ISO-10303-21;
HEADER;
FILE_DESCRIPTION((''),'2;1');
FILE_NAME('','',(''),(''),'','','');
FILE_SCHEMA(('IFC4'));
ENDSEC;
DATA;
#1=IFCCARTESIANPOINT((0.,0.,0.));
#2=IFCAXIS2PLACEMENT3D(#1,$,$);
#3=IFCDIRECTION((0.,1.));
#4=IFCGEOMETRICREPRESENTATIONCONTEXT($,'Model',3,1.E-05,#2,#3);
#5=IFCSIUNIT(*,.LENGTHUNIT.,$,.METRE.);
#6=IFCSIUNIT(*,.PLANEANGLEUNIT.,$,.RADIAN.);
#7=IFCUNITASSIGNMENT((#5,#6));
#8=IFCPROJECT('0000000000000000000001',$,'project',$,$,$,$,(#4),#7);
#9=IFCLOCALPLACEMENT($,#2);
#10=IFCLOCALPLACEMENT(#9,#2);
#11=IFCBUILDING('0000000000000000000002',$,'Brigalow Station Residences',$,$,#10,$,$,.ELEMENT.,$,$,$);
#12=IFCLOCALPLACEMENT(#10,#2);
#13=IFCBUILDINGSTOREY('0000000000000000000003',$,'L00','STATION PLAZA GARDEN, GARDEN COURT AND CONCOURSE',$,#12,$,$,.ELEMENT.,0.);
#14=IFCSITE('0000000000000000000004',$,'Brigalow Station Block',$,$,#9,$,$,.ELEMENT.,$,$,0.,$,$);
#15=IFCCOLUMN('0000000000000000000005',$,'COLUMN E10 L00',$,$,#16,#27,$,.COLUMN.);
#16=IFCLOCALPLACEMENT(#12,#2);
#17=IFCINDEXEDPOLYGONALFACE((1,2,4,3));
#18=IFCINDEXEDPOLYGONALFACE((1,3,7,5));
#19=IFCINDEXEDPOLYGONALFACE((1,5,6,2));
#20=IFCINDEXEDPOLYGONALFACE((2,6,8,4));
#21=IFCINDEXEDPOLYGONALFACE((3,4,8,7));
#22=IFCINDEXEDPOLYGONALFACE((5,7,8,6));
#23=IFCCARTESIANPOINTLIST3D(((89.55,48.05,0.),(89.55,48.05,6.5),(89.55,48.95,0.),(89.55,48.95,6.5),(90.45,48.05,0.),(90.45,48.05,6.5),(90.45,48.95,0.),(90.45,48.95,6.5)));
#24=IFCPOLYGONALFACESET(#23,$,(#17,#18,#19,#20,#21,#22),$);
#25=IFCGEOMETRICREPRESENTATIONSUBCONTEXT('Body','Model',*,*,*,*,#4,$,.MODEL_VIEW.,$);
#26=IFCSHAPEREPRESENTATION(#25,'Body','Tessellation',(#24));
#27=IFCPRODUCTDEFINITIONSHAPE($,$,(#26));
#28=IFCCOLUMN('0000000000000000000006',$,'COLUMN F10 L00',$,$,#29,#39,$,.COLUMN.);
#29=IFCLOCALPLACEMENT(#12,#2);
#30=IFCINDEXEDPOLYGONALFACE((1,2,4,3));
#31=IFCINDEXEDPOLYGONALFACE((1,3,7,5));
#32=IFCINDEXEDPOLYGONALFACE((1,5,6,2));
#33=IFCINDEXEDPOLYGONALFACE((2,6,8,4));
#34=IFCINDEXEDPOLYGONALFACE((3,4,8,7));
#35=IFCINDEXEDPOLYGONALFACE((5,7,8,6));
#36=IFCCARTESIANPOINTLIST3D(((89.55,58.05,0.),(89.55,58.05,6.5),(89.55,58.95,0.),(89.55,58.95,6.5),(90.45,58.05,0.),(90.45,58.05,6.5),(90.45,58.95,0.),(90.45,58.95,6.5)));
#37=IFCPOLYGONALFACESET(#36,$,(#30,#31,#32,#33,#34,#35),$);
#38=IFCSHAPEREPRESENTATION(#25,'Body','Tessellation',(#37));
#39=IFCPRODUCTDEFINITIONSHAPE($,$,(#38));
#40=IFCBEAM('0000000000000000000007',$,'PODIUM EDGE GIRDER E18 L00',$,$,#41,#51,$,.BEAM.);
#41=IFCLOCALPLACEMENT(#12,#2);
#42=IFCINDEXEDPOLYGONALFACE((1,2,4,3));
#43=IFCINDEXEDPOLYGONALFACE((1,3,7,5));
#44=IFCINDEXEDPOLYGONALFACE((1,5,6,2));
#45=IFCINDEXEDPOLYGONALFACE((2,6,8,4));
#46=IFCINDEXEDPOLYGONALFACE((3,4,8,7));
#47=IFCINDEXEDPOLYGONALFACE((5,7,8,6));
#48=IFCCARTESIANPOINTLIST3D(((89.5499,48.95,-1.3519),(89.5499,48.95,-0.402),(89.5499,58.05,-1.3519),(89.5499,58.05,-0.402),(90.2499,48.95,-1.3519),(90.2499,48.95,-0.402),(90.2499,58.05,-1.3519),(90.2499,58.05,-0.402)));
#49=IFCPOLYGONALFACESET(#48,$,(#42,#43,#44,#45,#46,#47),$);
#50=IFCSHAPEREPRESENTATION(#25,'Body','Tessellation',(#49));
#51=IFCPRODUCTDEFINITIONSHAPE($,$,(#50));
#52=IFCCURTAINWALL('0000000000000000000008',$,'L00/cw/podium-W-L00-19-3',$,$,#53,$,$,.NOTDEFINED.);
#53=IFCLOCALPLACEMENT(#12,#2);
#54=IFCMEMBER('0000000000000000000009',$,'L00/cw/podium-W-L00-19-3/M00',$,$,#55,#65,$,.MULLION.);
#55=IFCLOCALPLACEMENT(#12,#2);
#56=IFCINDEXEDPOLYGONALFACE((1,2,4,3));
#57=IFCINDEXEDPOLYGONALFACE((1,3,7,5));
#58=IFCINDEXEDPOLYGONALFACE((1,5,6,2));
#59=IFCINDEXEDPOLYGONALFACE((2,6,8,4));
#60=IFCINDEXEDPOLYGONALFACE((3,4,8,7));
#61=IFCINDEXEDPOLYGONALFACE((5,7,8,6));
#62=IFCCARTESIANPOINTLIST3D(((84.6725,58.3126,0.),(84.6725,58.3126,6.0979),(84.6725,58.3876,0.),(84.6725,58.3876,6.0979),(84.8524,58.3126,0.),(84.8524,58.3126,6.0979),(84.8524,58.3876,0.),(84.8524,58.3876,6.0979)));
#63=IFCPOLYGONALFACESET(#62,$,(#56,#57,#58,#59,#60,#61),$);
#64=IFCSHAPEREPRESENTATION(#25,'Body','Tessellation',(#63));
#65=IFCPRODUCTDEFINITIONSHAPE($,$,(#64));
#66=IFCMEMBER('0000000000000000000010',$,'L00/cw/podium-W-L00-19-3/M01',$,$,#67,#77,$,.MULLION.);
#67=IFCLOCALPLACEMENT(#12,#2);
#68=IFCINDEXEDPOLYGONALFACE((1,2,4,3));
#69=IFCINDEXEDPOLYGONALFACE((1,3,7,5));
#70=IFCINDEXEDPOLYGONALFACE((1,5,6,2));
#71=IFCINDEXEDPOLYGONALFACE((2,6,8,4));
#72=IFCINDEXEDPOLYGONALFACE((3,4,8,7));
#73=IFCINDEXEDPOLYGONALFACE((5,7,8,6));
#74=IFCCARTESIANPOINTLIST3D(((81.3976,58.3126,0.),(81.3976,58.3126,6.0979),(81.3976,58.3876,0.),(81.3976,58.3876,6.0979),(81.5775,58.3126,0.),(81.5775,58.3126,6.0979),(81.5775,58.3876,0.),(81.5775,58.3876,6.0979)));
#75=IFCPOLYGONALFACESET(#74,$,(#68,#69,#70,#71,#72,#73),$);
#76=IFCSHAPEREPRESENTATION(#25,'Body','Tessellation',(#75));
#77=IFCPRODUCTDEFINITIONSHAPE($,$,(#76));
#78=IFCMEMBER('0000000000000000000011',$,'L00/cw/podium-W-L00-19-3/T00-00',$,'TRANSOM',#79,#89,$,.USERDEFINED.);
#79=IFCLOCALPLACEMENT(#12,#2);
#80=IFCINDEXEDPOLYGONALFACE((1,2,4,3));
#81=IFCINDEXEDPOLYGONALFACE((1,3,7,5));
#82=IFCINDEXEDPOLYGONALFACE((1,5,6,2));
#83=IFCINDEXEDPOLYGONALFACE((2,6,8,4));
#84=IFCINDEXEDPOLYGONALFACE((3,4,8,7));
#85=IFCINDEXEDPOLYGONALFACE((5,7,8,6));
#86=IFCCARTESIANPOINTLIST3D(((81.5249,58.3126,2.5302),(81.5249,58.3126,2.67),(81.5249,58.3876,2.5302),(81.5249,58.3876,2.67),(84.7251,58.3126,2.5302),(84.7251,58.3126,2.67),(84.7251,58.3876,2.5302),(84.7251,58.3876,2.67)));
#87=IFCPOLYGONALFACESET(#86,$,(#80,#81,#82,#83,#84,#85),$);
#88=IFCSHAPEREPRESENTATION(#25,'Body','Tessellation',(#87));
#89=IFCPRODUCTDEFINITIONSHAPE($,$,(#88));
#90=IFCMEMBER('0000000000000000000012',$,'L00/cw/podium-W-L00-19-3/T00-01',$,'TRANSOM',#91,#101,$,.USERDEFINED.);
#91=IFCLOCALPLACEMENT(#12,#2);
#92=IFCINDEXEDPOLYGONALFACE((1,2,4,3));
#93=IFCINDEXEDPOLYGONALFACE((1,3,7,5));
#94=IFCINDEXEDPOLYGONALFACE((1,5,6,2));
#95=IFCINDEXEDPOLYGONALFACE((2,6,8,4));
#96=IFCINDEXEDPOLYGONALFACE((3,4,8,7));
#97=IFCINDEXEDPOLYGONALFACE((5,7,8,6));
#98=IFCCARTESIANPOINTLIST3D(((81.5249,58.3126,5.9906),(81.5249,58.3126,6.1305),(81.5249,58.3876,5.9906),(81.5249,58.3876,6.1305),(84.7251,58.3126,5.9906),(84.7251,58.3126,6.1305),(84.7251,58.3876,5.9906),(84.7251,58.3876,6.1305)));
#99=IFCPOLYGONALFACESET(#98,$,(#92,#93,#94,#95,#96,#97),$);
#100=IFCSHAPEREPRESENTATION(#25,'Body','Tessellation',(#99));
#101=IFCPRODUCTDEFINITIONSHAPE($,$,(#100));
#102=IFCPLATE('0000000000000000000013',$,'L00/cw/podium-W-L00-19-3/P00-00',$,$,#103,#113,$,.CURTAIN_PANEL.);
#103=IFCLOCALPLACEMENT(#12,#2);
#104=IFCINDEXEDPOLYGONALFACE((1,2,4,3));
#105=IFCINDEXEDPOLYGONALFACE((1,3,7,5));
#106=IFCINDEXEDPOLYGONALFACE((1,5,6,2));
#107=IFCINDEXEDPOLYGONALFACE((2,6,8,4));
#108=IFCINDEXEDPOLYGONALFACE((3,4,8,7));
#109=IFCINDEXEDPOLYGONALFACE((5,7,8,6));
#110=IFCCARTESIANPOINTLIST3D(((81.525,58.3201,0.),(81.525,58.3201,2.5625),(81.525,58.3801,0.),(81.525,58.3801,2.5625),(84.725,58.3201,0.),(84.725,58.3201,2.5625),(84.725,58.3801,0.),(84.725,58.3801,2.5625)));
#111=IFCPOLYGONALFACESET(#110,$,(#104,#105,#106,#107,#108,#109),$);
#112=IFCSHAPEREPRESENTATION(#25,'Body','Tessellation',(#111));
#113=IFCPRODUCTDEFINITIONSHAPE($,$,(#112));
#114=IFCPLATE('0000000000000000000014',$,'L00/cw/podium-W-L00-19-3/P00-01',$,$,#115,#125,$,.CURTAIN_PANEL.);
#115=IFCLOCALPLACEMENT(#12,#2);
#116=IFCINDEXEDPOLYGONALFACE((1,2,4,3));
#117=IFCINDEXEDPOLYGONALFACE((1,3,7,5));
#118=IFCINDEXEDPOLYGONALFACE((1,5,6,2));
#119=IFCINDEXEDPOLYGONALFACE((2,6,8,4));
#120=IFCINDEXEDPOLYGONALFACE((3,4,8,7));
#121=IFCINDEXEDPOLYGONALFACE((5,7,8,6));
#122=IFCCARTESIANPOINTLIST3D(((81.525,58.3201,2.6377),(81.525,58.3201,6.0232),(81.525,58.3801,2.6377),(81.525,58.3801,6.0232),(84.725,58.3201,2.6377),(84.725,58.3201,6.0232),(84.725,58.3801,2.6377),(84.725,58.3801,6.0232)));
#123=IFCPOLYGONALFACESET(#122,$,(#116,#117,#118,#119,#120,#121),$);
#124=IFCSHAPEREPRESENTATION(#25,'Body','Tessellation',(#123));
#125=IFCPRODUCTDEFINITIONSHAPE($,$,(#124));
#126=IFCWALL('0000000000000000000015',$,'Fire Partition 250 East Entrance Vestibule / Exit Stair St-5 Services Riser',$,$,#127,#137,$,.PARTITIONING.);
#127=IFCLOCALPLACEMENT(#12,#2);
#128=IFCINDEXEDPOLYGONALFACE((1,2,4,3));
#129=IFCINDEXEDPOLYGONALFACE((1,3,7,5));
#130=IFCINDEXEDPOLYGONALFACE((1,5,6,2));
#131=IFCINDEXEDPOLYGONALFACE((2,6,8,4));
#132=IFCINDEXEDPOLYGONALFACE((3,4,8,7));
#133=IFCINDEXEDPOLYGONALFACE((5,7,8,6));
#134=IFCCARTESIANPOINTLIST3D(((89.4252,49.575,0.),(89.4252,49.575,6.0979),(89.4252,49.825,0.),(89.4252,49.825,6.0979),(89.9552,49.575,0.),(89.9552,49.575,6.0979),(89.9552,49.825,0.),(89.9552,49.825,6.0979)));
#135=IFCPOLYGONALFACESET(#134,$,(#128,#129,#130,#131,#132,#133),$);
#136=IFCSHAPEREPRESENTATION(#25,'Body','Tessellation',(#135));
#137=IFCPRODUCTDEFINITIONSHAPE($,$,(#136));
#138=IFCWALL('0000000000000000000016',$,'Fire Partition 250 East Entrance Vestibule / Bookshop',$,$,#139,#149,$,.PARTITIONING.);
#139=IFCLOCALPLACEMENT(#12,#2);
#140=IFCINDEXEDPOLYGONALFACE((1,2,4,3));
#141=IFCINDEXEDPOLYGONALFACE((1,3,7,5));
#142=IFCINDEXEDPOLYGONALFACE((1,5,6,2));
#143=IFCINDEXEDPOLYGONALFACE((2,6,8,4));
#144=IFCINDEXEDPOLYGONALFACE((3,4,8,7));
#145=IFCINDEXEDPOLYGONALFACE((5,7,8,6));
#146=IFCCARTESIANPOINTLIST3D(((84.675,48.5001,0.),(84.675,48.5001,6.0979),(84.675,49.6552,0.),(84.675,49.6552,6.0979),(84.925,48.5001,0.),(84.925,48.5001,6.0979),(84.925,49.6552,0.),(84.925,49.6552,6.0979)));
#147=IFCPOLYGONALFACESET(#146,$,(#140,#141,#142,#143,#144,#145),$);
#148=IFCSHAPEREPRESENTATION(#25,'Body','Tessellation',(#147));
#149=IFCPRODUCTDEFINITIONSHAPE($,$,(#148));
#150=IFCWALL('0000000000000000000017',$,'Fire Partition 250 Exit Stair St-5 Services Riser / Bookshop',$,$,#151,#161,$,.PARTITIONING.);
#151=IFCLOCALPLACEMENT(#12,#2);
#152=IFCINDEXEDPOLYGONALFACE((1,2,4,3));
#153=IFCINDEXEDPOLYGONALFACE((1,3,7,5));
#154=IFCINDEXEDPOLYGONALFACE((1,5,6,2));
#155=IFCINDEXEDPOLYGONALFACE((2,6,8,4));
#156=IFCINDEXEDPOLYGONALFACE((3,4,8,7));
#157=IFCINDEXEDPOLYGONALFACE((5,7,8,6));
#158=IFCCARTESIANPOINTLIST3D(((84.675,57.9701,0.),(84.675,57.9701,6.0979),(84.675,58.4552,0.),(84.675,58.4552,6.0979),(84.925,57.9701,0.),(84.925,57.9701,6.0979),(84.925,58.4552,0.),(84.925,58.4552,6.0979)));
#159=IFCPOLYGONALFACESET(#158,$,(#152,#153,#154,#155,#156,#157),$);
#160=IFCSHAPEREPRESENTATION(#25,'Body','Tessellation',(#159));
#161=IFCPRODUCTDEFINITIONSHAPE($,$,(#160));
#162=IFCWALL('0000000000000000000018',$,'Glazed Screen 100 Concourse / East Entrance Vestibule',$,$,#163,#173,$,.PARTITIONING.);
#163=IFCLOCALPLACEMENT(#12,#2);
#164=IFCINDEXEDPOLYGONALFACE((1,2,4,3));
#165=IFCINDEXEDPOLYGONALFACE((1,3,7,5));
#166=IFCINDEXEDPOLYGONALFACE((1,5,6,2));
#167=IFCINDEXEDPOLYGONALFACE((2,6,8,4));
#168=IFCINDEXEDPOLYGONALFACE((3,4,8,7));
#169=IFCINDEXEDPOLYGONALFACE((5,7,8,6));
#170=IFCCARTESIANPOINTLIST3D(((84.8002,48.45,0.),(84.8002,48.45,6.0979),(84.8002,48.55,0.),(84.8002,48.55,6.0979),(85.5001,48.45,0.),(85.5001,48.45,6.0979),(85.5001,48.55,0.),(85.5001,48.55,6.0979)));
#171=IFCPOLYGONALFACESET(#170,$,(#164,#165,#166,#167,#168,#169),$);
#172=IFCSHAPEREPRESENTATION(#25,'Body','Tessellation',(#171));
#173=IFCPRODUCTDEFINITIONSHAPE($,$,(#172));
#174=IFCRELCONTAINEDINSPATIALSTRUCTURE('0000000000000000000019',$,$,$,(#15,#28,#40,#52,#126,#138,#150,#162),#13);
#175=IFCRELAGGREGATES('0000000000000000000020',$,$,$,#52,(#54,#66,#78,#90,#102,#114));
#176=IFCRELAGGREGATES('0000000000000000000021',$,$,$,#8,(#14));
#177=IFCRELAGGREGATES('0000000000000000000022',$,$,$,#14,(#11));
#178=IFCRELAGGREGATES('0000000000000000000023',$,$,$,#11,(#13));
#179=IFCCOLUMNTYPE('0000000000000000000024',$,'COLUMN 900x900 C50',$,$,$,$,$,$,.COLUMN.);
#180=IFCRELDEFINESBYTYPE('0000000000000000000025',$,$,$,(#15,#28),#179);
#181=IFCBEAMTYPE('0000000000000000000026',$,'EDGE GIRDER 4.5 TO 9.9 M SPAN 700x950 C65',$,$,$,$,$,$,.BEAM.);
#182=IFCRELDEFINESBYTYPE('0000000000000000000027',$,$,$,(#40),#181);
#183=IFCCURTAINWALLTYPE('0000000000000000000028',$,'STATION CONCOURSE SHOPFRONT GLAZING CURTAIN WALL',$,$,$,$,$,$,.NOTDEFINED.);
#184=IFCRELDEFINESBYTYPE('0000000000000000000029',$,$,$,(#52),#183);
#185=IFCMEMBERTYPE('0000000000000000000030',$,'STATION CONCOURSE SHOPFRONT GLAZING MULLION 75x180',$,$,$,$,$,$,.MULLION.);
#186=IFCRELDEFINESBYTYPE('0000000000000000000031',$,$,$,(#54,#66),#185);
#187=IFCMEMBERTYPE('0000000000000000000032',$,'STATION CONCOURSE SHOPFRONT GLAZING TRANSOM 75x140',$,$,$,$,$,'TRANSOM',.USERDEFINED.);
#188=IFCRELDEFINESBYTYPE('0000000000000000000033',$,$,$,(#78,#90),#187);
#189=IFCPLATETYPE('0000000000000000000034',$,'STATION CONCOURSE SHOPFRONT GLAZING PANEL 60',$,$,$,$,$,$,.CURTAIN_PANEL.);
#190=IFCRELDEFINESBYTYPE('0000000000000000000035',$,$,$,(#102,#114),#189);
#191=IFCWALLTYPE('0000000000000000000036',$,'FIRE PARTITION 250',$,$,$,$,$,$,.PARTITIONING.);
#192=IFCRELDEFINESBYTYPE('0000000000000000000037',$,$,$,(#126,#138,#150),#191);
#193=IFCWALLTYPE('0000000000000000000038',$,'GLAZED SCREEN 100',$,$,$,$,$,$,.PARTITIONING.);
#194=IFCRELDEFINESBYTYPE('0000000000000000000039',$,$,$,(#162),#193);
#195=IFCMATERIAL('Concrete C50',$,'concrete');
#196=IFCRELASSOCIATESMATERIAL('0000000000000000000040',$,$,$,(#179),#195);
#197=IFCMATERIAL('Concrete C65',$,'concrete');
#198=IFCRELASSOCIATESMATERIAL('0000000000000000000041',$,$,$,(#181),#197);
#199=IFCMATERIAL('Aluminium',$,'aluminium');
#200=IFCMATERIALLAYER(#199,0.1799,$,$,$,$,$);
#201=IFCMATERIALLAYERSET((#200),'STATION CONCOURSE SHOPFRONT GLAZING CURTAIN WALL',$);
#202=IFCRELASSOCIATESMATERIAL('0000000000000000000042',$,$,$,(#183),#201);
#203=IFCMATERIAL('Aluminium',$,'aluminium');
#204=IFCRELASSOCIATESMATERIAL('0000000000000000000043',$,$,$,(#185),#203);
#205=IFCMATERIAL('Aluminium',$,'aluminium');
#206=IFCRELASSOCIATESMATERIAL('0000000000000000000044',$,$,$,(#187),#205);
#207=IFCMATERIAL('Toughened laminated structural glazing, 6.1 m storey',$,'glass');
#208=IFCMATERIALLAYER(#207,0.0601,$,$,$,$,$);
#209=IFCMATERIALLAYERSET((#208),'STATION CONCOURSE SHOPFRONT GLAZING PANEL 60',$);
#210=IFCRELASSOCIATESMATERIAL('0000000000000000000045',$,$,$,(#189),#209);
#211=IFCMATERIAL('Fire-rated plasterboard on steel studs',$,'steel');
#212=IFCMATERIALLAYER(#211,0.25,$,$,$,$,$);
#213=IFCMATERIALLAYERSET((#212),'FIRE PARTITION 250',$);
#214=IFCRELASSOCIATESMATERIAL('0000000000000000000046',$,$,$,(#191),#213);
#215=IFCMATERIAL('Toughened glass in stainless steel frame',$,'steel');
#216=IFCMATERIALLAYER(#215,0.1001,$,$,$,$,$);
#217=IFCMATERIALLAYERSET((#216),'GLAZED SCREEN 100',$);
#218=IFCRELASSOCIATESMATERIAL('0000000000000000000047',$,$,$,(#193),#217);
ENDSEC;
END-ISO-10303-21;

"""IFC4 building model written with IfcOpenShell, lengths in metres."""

from ifc_helpers import new_model, si_unit, direction, frame, frame_2d, origin, origin_2d, place, context, subcontext, project, spatial, rectangle, extrude, material, layer, layer_set, material_profile, profile_set, type_object, element, aggregate, save


model = new_model("IFC4")

# Units and contexts
model_context = context("Model", 3, precision=1e-05, world=origin(), true_north=direction((0.0, 1.0)))
body_context = subcontext(model_context, "Body", "Model", "MODEL_VIEW")
ifc_project = project(units=[si_unit("LENGTHUNIT", "METRE"), si_unit("PLANEANGLEUNIT", "RADIAN")], contexts=[model_context])

# Site, building, storey
site_placement = place(None, origin())
site = spatial("IfcSite", under=ifc_project, at=site_placement, Name="Brigalow Station Block", CompositionType="ELEMENT", RefElevation=0.0)
building_placement = place(site_placement, origin())
building = spatial("IfcBuilding", under=site, at=building_placement, Name="Brigalow Station Residences", CompositionType="ELEMENT")
storey_placement = place(building_placement, origin())
storey = spatial("IfcBuildingStorey", under=building, at=storey_placement, Name="L00", Description="STATION PLAZA GARDEN, GARDEN COURT AND CONCOURSE", CompositionType="ELEMENT", Elevation=0.0)

# Columns
ifc_material_1 = material(Name="Concrete C50", Category="concrete")
ifc_material_profile_1 = material_profile(ifc_material_1, rectangle(XDim=0.8999, YDim=0.8999, at=origin_2d()), Name="RC900x900")
ifc_profile_set_1 = profile_set([ifc_material_profile_1], Name="Concrete C50")
column_type = type_object("IfcColumnType", Name="COLUMN 900x900 C50", PredefinedType="COLUMN", material=ifc_profile_set_1)
for number, where, z_axis, x_axis, name in (
    (1, (90.0, 48.5, 0.0), (0.0, 0.0, 1.0), (1.0, 0.0, 0.0), "COLUMN E10 L00"),
    (2, (90.0, 58.5, 0.0), (0.0, 0.0, 1.0), (1.0, 0.0, 0.0), "COLUMN F10 L00"),
):
    element("IfcColumn", number, at=place(storey_placement, frame(where, z_axis=z_axis, x_axis=x_axis)), inside=storey, type_object=column_type, Name=name, PredefinedType="COLUMN", context=body_context, shape_type="SweptSolid", body=[
        extrude(rectangle(XDim=0.8999, YDim=0.8999, at=origin_2d()), origin(), (0.0, 0.0, 1.0), 6.5),
    ])

# Beam
ifc_material_2 = material(Name="Concrete C65", Category="concrete")
ifc_material_profile_2 = material_profile(ifc_material_2, rectangle(XDim=0.7, YDim=0.95, at=origin_2d()), Name="RC700x950")
ifc_profile_set_2 = profile_set([ifc_material_profile_2], Name="Concrete C65")
beam_type = type_object("IfcBeamType", Name="EDGE GIRDER 4.5 TO 9.9 M SPAN 700x950 C65", PredefinedType="BEAM", material=ifc_profile_set_2)
beam_placement = place(storey_placement, frame((89.8999, 48.95, -0.877), z_axis=(0.0, 1.0, 0.0), x_axis=(-1.0, 0.0, 0.0)))
element("IfcBeam", 3, at=beam_placement, inside=storey, type_object=beam_type, Name="PODIUM EDGE GIRDER E18 L00", PredefinedType="BEAM", context=body_context, shape_type="SweptSolid", body=[
    extrude(rectangle(XDim=0.7, YDim=0.95, at=origin_2d()), origin(), (0.0, 0.0, 1.0), 9.1001),
])

# Curtain wall, members, plates
ifc_material_3 = material(Name="Aluminium", Category="aluminium")
ifc_layer_1 = layer(ifc_material_3, 0.1799)
ifc_layer_set_1 = layer_set([ifc_layer_1], Name="STATION CONCOURSE SHOPFRONT GLAZING CURTAIN WALL")
curtain_wall_type = type_object("IfcCurtainWallType", Name="STATION CONCOURSE SHOPFRONT GLAZING CURTAIN WALL", PredefinedType="NOTDEFINED", material=ifc_layer_set_1)
curtain_wall_placement = place(storey_placement, origin())
curtain_wall = element("IfcCurtainWall", 4, at=curtain_wall_placement, inside=storey, type_object=curtain_wall_type, Name="L00/cw/podium-W-L00-19-3", PredefinedType="NOTDEFINED")
ifc_material_4 = material(Name="Aluminium", Category="aluminium")
ifc_material_profile_3 = material_profile(ifc_material_4, rectangle(XDim=0.075, YDim=0.1799, at=origin_2d()), Name="STATION CONCOURSE SHOPFRONT GLAZING MULLION 75x180")
ifc_profile_set_3 = profile_set([ifc_material_profile_3], Name="Aluminium")
member_type_1 = type_object("IfcMemberType", Name="STATION CONCOURSE SHOPFRONT GLAZING MULLION 75x180", PredefinedType="MULLION", material=ifc_profile_set_3)
member_1_placement = place(storey_placement, frame((84.7625, 58.3501, 0.0), z_axis=(0.0, 0.0, 1.0), x_axis=(0.0, -1.0, 0.0)))
member_1 = element("IfcMember", 5, at=member_1_placement, type_object=member_type_1, Name="L00/cw/podium-W-L00-19-3/M00", PredefinedType="MULLION", context=body_context, shape_type="SweptSolid", body=[
    extrude(rectangle(XDim=0.075, YDim=0.1799, at=origin_2d()), origin(), (0.0, 0.0, 1.0), 6.0979),
])
member_2_placement = place(storey_placement, frame((81.4875, 58.3501, 0.0), z_axis=(0.0, 0.0, 1.0), x_axis=(0.0, -1.0, 0.0)))
member_2 = element("IfcMember", 6, at=member_2_placement, type_object=member_type_1, Name="L00/cw/podium-W-L00-19-3/M01", PredefinedType="MULLION", context=body_context, shape_type="SweptSolid", body=[
    extrude(rectangle(XDim=0.075, YDim=0.1799, at=origin_2d()), origin(), (0.0, 0.0, 1.0), 6.0979),
])
ifc_material_5 = material(Name="Aluminium", Category="aluminium")
ifc_material_profile_4 = material_profile(ifc_material_5, rectangle(XDim=0.075, YDim=0.1399, at=origin_2d()), Name="STATION CONCOURSE SHOPFRONT GLAZING TRANSOM 75x140")
ifc_profile_set_4 = profile_set([ifc_material_profile_4], Name="Aluminium")
member_type_2 = type_object("IfcMemberType", Name="STATION CONCOURSE SHOPFRONT GLAZING TRANSOM 75x140", ElementType="TRANSOM", PredefinedType="USERDEFINED", material=ifc_profile_set_4)
member_3_placement = place(storey_placement, frame((84.7251, 58.3501, 2.6001), z_axis=(-1.0, 0.0, 0.0), x_axis=(0.0, -1.0, 0.0)))
member_3 = element("IfcMember", 7, at=member_3_placement, type_object=member_type_2, Name="L00/cw/podium-W-L00-19-3/T00-00", ObjectType="TRANSOM", PredefinedType="USERDEFINED", context=body_context, shape_type="SweptSolid", body=[
    extrude(rectangle(XDim=0.075, YDim=0.1399, at=origin_2d()), origin(), (0.0, 0.0, 1.0), 3.2002),
])
member_4_placement = place(storey_placement, frame((84.7251, 58.3501, 6.0605), z_axis=(-1.0, 0.0, 0.0), x_axis=(0.0, -1.0, 0.0)))
member_4 = element("IfcMember", 8, at=member_4_placement, type_object=member_type_2, Name="L00/cw/podium-W-L00-19-3/T00-01", ObjectType="TRANSOM", PredefinedType="USERDEFINED", context=body_context, shape_type="SweptSolid", body=[
    extrude(rectangle(XDim=0.075, YDim=0.1399, at=origin_2d()), origin(), (0.0, 0.0, 1.0), 3.2002),
])
ifc_material_6 = material(Name="Toughened laminated structural glazing, 6.1 m storey", Category="glass")
ifc_layer_2 = layer(ifc_material_6, 0.0601)
ifc_layer_set_2 = layer_set([ifc_layer_2], Name="STATION CONCOURSE SHOPFRONT GLAZING PANEL 60")
plate_type = type_object("IfcPlateType", Name="STATION CONCOURSE SHOPFRONT GLAZING PANEL 60", PredefinedType="CURTAIN_PANEL", material=ifc_layer_set_2)
plate_1_placement = place(storey_placement, frame((83.125, 58.3501, 0.0), z_axis=(0.0, 0.0, 1.0), x_axis=(-1.0, 0.0, 0.0)))
plate_1 = element("IfcPlate", 9, at=plate_1_placement, type_object=plate_type, Name="L00/cw/podium-W-L00-19-3/P00-00", PredefinedType="CURTAIN_PANEL", context=body_context, shape_type="SweptSolid", body=[
    extrude(rectangle(XDim=3.2, YDim=0.0601, at=origin_2d()), origin(), (0.0, 0.0, 1.0), 2.5625),
])
plate_2_placement = place(storey_placement, frame((83.125, 58.3501, 2.6377), z_axis=(0.0, 0.0, 1.0), x_axis=(-1.0, 0.0, 0.0)))
plate_2 = element("IfcPlate", 10, at=plate_2_placement, type_object=plate_type, Name="L00/cw/podium-W-L00-19-3/P00-01", PredefinedType="CURTAIN_PANEL", context=body_context, shape_type="SweptSolid", body=[
    extrude(rectangle(XDim=3.2, YDim=0.0601, at=origin_2d()), origin(), (0.0, 0.0, 1.0), 3.3855),
])
aggregate(curtain_wall, [member_1, member_2, member_3, member_4, plate_1, plate_2])

# Walls
ifc_material_7 = material(Name="Fire-rated plasterboard on steel studs", Category="steel")
ifc_layer_3 = layer(ifc_material_7, 0.25)
ifc_layer_set_3 = layer_set([ifc_layer_3], Name="FIRE PARTITION 250")
wall_type_1 = type_object("IfcWallType", Name="FIRE PARTITION 250", PredefinedType="PARTITIONING", material=ifc_layer_set_3)
wall_1_placement = place(storey_placement, frame((89.425, 49.7, 0.0), z_axis=(0.0, 0.0, 1.0), x_axis=(1.0, 0.0, 0.0)))
element("IfcWall", 11, at=wall_1_placement, inside=storey, type_object=wall_type_1, Name="Fire Partition 250 East Entrance Vestibule / Exit Stair St-5 Services Riser", PredefinedType="PARTITIONING", context=body_context, shape_type="SweptSolid", body=[
    extrude(rectangle(XDim=0.53, YDim=0.25, at=frame_2d((0.2651, 0.0))), origin(), (0.0, 0.0, 1.0), 6.0979),
])
wall_2_placement = place(storey_placement, frame((84.8, 48.5, 0.0), z_axis=(0.0, 0.0, 1.0), x_axis=(0.0, 1.0, 0.0)))
element("IfcWall", 12, at=wall_2_placement, inside=storey, type_object=wall_type_1, Name="Fire Partition 250 East Entrance Vestibule / Bookshop", PredefinedType="PARTITIONING", context=body_context, shape_type="SweptSolid", body=[
    extrude(rectangle(XDim=1.155, YDim=0.25, at=frame_2d((0.5776, 0.0))), origin(), (0.0, 0.0, 1.0), 6.0979),
])
wall_3_placement = place(storey_placement, frame((84.8, 57.97, 0.0), z_axis=(0.0, 0.0, 1.0), x_axis=(0.0, 1.0, 0.0)))
element("IfcWall", 13, at=wall_3_placement, inside=storey, type_object=wall_type_1, Name="Fire Partition 250 Exit Stair St-5 Services Riser / Bookshop", PredefinedType="PARTITIONING", context=body_context, shape_type="SweptSolid", body=[
    extrude(rectangle(XDim=0.4851, YDim=0.25, at=frame_2d((0.2427, 0.0))), origin(), (0.0, 0.0, 1.0), 6.0979),
])
ifc_material_8 = material(Name="Toughened glass in stainless steel frame", Category="steel")
ifc_layer_4 = layer(ifc_material_8, 0.1001)
ifc_layer_set_4 = layer_set([ifc_layer_4], Name="GLAZED SCREEN 100")
wall_type_2 = type_object("IfcWallType", Name="GLAZED SCREEN 100", PredefinedType="PARTITIONING", material=ifc_layer_set_4)
wall_4_placement = place(storey_placement, frame((84.8, 48.5, 0.0), z_axis=(0.0, 0.0, 1.0), x_axis=(1.0, 0.0, 0.0)))
element("IfcWall", 14, at=wall_4_placement, inside=storey, type_object=wall_type_2, Name="Glazed Screen 100 Concourse / East Entrance Vestibule", PredefinedType="PARTITIONING", context=body_context, shape_type="SweptSolid", body=[
    extrude(rectangle(XDim=0.7, YDim=0.1001, at=frame_2d((0.3501, 0.0))), origin(), (0.0, 0.0, 1.0), 6.0979),
])

save(model, "model.ifc")
